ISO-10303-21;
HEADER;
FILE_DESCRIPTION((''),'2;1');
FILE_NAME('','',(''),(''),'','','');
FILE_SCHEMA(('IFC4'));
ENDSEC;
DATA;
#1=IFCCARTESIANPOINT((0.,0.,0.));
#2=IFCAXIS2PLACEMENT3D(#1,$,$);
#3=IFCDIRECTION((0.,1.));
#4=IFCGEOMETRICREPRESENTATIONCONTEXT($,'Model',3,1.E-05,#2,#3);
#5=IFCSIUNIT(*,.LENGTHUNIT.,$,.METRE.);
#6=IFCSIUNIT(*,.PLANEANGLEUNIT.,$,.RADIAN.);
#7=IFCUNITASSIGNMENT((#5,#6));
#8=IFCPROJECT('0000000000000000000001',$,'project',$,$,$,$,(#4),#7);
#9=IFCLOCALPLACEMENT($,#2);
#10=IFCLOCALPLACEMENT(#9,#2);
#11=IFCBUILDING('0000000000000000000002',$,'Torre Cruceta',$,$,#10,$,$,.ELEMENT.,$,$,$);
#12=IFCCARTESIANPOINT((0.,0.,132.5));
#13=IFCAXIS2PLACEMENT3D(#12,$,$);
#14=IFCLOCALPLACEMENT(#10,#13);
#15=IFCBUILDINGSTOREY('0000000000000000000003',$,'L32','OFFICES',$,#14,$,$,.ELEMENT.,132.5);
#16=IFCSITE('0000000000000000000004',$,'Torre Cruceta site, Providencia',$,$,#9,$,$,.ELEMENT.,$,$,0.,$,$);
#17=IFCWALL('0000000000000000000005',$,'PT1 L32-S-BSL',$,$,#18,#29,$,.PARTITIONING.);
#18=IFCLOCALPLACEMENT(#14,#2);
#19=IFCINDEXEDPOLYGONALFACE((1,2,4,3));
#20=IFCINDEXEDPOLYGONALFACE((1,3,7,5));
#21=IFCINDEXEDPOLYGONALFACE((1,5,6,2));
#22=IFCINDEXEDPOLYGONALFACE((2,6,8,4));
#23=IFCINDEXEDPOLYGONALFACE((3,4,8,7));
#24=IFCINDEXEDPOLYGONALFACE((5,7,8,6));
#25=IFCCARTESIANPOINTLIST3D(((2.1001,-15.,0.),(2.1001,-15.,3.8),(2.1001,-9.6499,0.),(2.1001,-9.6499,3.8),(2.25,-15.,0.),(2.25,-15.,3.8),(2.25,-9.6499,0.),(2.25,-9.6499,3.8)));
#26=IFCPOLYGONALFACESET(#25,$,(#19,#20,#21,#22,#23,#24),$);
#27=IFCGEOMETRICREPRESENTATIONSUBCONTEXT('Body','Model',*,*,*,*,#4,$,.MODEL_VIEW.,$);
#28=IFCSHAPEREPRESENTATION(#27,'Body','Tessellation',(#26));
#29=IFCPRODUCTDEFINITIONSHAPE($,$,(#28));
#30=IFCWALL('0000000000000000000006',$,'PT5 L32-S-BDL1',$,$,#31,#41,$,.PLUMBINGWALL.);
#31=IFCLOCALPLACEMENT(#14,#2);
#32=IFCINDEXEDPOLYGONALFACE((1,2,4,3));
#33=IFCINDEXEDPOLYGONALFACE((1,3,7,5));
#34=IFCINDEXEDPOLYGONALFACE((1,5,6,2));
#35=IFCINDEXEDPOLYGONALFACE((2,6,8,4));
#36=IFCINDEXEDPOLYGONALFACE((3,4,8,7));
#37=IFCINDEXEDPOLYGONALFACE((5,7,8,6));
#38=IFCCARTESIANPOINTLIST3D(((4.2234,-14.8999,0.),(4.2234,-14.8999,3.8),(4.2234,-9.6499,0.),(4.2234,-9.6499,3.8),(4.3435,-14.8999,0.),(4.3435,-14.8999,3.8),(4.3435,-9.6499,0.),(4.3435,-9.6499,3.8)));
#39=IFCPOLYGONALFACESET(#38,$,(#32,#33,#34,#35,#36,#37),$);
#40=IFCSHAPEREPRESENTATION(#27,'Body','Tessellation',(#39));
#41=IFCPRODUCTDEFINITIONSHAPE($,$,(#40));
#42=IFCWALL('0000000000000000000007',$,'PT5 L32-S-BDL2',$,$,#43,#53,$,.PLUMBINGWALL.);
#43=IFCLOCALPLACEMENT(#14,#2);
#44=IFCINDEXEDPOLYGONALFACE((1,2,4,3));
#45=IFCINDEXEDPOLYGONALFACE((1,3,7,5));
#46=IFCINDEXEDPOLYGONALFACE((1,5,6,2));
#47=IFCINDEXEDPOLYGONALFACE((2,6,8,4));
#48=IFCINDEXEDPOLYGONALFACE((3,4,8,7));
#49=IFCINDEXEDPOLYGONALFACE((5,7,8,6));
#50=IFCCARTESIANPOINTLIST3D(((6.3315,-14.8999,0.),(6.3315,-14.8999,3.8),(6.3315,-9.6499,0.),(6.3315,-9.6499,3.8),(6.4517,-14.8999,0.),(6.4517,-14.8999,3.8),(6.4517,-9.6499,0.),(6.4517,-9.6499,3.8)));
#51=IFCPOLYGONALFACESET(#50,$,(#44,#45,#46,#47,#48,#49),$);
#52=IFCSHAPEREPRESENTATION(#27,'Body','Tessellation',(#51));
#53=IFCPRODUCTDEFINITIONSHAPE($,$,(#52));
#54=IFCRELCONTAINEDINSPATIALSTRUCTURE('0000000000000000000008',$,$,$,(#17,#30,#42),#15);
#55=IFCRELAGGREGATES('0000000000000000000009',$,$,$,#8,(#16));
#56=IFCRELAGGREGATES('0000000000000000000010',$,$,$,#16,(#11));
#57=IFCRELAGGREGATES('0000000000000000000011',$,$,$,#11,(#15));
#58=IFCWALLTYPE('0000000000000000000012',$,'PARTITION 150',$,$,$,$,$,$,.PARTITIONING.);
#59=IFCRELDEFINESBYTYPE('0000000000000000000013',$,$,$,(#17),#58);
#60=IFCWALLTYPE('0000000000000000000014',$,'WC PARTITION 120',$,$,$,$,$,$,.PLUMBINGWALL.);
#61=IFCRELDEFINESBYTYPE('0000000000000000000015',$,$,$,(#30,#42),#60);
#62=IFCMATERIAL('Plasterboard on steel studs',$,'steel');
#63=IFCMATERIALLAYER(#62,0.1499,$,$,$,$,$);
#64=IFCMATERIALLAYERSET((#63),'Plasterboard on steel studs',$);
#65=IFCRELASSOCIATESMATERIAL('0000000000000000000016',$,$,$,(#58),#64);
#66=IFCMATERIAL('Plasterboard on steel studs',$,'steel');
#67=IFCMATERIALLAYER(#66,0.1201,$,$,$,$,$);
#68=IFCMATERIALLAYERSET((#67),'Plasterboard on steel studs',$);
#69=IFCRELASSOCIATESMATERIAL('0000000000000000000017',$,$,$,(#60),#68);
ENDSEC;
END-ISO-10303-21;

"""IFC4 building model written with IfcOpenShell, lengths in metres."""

from ifc_helpers import new_model, si_unit, direction, frame, frame_2d, origin, place, context, subcontext, project, spatial, rectangle, extrude, material, layer, layer_set, type_object, element, save


model = new_model("IFC4")

# Units and contexts
model_context = context("Model", 3, precision=1e-05, world=origin(), true_north=direction((0.0, 1.0)))
body_context = subcontext(model_context, "Body", "Model", "MODEL_VIEW")
ifc_project = project(units=[si_unit("LENGTHUNIT", "METRE"), si_unit("PLANEANGLEUNIT", "RADIAN")], contexts=[model_context])

# Site, building, storey
site_placement = place(None, origin())
site = spatial("IfcSite", under=ifc_project, at=site_placement, Name="Torre Cruceta site, Providencia", CompositionType="ELEMENT", RefElevation=0.0)
building_placement = place(site_placement, origin())
building = spatial("IfcBuilding", under=site, at=building_placement, Name="Torre Cruceta", CompositionType="ELEMENT")
storey_placement = place(building_placement, frame((0.0, 0.0, 132.5)))
storey = spatial("IfcBuildingStorey", under=building, at=storey_placement, Name="L32", Description="OFFICES", CompositionType="ELEMENT", Elevation=132.5)

# Shared definitions
ifc_material_1 = material(Name="Plasterboard on steel studs", Category="steel")
ifc_layer_1 = layer(ifc_material_1, 0.1499)
ifc_layer_set_1 = layer_set([ifc_layer_1], Name="Plasterboard on steel studs")
wall_type_1 = type_object("IfcWallType", Name="PARTITION 150", PredefinedType="PARTITIONING", material=ifc_layer_set_1)

# Walls
wall_1_placement = place(storey_placement, frame((2.175, -9.6499, 0.0), z_axis=(0.0, 0.0, 1.0), x_axis=(0.0, -1.0, 0.0)))
element("IfcWall", 1, at=wall_1_placement, inside=storey, type_object=wall_type_1, Name="PT1 L32-S-BSL", PredefinedType="PARTITIONING", context=body_context, shape_type="SweptSolid", body=[
    extrude(rectangle(XDim=5.3501, YDim=0.1499, at=frame_2d((2.675, 0.0))), origin(), (0.0, 0.0, 1.0), 3.8),
])
ifc_material_2 = material(Name="Plasterboard on steel studs", Category="steel")
ifc_layer_2 = layer(ifc_material_2, 0.1201)
ifc_layer_set_2 = layer_set([ifc_layer_2], Name="Plasterboard on steel studs")
wall_type_2 = type_object("IfcWallType", Name="WC PARTITION 120", PredefinedType="PLUMBINGWALL", material=ifc_layer_set_2)
for number, where, z_axis, x_axis, name in (
    (2, (4.2834, -9.6499, 0.0), (0.0, 0.0, 1.0), (0.0, -1.0, 0.0), "PT5 L32-S-BDL1"),
    (3, (6.3916, -9.6499, 0.0), (0.0, 0.0, 1.0), (0.0, -1.0, 0.0), "PT5 L32-S-BDL2"),
):
    element("IfcWall", number, at=place(storey_placement, frame(where, z_axis=z_axis, x_axis=x_axis)), inside=storey, type_object=wall_type_2, Name=name, PredefinedType="PLUMBINGWALL", context=body_context, shape_type="SweptSolid", body=[
        extrude(rectangle(XDim=5.25, YDim=0.1201, at=frame_2d((2.625, 0.0))), origin(), (0.0, 0.0, 1.0), 3.8),
    ])

save(model, "model.ifc")
